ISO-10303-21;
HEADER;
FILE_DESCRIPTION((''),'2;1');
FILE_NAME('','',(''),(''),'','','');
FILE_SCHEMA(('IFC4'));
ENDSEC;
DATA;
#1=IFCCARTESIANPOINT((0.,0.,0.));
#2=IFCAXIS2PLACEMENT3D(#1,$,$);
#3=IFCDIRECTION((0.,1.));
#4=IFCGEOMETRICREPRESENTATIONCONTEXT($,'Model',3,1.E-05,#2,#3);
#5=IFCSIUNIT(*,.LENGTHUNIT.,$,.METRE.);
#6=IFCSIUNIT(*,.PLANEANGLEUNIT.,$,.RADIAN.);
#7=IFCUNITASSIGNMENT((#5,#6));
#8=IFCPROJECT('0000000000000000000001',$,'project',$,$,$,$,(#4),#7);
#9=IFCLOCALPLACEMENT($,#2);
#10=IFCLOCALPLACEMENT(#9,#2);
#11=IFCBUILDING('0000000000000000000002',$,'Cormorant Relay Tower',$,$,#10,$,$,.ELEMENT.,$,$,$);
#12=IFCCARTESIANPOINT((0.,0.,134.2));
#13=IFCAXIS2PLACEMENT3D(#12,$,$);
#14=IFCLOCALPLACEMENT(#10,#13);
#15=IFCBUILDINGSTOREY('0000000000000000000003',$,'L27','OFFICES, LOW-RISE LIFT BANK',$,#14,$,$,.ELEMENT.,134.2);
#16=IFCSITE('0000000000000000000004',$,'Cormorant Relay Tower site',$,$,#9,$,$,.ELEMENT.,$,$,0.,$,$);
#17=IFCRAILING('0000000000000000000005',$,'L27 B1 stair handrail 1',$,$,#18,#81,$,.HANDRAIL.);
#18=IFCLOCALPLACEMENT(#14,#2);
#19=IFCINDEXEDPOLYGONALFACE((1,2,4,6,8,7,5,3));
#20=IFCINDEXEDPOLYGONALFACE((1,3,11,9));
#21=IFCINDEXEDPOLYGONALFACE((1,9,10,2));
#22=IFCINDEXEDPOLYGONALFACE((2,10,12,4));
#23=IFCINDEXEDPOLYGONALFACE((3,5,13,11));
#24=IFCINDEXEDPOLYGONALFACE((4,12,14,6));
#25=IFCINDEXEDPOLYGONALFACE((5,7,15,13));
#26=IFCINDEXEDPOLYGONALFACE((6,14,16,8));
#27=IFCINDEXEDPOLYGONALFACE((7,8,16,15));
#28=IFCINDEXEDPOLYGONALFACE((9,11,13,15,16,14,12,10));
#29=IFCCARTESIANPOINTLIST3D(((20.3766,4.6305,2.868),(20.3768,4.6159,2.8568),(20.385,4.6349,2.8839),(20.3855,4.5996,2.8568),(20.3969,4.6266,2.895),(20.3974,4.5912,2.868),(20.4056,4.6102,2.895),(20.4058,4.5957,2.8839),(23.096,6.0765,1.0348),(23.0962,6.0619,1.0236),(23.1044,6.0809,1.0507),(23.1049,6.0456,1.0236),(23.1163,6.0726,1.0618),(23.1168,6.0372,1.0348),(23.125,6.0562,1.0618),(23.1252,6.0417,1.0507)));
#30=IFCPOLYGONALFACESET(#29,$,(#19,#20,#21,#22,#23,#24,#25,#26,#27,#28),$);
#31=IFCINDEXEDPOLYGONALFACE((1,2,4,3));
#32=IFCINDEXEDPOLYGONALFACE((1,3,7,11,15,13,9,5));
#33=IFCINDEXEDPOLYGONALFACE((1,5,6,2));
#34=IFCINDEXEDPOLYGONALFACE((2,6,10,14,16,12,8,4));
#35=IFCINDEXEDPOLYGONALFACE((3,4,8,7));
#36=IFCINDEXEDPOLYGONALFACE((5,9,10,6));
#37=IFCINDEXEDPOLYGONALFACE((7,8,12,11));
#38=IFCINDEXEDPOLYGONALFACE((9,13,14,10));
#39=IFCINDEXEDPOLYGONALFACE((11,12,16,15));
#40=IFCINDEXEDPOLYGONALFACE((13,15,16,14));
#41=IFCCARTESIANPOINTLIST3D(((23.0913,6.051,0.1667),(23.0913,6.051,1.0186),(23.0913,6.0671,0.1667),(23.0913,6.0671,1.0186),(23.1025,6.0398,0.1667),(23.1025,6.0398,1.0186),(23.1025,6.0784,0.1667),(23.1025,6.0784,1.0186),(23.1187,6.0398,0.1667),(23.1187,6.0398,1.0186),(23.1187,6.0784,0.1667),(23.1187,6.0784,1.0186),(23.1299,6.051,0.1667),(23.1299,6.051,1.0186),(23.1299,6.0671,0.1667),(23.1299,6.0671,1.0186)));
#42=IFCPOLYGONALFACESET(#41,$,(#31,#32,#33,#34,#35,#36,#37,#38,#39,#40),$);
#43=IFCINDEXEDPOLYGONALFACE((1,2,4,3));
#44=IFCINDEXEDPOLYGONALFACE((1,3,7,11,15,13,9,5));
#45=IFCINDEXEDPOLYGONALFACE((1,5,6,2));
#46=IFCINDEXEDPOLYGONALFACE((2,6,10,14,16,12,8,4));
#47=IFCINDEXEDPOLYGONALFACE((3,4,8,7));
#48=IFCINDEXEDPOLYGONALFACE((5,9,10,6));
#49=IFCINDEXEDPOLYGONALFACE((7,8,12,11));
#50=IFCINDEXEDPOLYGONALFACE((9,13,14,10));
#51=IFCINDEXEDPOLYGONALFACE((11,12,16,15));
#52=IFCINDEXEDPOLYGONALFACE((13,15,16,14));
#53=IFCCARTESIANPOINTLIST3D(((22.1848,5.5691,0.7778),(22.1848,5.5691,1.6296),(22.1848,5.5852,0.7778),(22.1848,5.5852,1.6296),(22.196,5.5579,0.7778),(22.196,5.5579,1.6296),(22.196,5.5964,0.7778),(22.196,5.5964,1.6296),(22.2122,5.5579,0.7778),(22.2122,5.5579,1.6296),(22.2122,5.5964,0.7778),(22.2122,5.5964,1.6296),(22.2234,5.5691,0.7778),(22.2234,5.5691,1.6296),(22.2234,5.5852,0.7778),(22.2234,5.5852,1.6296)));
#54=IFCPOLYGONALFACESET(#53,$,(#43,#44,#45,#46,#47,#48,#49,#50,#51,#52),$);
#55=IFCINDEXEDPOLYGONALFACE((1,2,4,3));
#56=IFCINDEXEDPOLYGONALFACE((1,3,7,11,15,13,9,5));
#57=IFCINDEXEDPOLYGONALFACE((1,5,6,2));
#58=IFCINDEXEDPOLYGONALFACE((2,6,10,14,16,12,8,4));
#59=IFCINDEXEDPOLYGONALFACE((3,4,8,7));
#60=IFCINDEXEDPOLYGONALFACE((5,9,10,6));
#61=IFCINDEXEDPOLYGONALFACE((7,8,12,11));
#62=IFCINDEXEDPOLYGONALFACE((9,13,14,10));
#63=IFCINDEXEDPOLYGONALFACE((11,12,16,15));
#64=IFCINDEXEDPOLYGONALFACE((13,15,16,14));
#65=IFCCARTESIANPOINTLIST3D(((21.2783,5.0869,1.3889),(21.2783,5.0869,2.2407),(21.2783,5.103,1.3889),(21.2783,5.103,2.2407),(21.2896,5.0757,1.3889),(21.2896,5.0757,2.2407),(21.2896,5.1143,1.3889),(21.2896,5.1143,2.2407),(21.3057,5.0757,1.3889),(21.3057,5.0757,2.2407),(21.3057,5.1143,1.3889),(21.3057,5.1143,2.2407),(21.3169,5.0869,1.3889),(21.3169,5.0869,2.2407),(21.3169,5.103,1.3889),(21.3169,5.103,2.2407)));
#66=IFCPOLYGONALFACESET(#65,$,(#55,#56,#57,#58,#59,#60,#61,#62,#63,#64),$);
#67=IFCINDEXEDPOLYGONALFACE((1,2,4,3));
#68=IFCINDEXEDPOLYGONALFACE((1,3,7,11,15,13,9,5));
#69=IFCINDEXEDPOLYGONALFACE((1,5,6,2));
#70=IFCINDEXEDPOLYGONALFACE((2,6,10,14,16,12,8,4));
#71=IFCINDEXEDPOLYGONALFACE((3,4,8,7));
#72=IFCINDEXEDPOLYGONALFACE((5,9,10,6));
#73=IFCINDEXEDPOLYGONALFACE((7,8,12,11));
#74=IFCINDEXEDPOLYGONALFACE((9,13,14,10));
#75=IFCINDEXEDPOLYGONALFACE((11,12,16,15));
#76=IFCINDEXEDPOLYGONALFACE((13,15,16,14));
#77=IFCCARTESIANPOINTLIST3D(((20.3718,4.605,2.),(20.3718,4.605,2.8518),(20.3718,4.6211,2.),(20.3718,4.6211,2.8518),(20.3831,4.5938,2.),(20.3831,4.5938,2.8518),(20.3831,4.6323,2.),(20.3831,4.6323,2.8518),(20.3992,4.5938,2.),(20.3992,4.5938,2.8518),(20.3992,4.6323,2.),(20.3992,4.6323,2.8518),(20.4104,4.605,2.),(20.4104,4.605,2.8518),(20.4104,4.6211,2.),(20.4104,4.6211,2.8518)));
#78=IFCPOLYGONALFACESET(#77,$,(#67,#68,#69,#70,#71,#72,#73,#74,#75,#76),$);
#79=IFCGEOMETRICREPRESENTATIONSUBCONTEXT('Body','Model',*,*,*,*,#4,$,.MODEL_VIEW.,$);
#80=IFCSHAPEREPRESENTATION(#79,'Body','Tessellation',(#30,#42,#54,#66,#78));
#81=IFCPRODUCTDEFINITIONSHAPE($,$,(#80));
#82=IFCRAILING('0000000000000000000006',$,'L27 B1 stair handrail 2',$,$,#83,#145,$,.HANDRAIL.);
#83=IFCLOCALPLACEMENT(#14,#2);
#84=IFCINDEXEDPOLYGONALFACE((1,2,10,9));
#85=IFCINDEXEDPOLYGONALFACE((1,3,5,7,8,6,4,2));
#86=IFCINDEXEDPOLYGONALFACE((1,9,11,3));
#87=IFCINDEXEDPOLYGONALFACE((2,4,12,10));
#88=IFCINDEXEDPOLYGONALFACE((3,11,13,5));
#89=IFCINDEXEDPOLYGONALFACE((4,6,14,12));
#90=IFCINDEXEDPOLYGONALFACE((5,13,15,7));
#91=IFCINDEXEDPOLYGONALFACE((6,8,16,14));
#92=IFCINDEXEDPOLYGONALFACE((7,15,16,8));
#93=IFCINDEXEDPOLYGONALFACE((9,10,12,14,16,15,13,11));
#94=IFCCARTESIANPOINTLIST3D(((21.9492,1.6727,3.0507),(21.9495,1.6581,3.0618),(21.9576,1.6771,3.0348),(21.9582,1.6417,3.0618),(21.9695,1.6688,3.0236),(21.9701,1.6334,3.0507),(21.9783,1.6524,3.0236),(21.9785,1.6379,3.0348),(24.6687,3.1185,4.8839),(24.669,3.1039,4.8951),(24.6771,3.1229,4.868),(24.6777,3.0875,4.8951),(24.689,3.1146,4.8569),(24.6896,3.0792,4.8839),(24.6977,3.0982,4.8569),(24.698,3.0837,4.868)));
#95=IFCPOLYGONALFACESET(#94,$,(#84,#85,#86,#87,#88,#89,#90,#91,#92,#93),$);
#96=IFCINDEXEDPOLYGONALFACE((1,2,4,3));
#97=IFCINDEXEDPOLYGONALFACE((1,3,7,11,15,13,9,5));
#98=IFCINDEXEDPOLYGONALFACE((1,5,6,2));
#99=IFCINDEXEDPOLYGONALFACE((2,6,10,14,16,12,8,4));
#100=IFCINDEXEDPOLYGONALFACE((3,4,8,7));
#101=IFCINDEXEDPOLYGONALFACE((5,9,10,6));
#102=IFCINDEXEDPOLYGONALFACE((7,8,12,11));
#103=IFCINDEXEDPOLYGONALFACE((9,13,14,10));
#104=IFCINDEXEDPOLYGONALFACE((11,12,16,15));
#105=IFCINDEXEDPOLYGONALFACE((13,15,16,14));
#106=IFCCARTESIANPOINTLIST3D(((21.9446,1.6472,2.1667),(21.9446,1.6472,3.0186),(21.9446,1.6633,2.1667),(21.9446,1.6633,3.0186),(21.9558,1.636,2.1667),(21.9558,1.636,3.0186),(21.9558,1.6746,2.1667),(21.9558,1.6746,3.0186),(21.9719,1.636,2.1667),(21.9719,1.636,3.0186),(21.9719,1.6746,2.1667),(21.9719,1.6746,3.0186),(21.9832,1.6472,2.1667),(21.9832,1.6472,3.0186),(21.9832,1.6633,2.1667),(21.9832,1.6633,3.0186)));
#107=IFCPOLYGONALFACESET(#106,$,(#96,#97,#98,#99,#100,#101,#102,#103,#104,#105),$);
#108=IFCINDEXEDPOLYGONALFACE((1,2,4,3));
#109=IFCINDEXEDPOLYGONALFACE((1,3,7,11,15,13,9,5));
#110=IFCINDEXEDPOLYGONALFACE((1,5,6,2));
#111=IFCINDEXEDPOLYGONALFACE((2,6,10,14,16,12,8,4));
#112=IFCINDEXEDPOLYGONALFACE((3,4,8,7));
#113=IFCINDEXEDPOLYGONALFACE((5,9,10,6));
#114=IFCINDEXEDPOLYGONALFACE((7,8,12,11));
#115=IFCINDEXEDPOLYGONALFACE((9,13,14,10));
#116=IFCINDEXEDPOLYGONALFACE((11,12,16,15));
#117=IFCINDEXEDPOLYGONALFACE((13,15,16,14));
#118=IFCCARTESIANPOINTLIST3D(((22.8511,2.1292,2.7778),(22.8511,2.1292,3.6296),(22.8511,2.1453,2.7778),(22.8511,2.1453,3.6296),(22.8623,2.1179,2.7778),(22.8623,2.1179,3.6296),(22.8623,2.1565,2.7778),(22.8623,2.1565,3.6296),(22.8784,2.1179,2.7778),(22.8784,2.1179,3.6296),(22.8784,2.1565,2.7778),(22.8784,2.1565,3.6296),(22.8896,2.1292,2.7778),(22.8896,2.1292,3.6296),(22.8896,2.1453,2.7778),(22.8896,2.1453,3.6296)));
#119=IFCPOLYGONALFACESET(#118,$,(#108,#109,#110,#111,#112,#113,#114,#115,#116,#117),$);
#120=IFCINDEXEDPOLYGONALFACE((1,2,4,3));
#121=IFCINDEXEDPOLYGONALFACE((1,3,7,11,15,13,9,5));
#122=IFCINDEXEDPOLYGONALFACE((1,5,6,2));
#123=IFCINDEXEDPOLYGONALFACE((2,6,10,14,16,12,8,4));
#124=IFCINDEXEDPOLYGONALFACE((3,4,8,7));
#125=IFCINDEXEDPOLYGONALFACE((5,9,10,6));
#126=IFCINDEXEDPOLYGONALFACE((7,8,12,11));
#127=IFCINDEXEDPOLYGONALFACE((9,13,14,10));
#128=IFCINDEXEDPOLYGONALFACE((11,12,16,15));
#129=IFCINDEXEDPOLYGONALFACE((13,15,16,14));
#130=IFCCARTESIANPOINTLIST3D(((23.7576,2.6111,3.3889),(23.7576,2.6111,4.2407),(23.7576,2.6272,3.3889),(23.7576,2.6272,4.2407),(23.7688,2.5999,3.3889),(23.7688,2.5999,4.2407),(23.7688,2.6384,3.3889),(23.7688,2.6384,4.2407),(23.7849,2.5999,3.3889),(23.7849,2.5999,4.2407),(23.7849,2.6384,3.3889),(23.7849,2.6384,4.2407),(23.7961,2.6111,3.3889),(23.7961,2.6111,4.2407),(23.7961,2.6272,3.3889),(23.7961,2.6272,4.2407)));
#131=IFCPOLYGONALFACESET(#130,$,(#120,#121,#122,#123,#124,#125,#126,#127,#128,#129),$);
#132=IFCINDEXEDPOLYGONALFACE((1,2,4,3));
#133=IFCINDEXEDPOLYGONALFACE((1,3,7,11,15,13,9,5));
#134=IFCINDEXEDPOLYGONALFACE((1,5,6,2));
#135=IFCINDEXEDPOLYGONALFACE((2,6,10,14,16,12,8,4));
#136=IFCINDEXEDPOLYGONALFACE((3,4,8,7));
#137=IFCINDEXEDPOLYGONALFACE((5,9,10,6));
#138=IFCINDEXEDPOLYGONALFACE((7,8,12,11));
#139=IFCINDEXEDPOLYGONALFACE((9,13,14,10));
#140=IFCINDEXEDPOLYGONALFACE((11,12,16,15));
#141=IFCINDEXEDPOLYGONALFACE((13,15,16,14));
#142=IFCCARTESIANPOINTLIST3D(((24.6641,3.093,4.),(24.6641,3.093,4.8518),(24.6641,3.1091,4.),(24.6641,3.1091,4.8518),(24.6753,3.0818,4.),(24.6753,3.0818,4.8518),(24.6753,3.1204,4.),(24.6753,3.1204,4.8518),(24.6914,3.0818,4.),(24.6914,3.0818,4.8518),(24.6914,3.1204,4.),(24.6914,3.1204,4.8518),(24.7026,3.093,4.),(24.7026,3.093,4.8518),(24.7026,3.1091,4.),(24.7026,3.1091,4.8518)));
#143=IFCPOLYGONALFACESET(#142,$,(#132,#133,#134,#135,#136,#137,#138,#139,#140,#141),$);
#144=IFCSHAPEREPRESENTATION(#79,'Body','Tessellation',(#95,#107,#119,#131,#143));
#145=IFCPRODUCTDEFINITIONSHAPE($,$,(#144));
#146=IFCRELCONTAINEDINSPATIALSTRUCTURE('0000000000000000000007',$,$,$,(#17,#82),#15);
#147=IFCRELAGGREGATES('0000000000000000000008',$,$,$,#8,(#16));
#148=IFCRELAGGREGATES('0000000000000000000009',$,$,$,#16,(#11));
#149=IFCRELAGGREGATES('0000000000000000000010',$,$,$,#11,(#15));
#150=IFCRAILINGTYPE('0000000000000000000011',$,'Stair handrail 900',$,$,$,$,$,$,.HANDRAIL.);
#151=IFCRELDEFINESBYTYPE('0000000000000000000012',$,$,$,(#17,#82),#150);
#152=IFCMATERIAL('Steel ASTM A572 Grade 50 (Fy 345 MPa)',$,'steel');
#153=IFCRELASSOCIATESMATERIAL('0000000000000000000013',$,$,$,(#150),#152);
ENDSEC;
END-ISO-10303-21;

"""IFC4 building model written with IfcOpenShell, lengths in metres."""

from ifc_helpers import new_model, si_unit, direction, frame, origin, place, context, subcontext, project, spatial, polyline, outline, extrude, material, type_object, element, save


model = new_model("IFC4")

# Units and contexts
model_context = context("Model", 3, precision=1e-05, world=origin(), true_north=direction((0.0, 1.0)))
body_context = subcontext(model_context, "Body", "Model", "MODEL_VIEW")
ifc_project = project(units=[si_unit("LENGTHUNIT", "METRE"), si_unit("PLANEANGLEUNIT", "RADIAN")], contexts=[model_context])

# Site, building, storey
site_placement = place(None, origin())
site = spatial("IfcSite", under=ifc_project, at=site_placement, Name="Cormorant Relay Tower site", CompositionType="ELEMENT", RefElevation=0.0)
building_placement = place(site_placement, origin())
building = spatial("IfcBuilding", under=site, at=building_placement, Name="Cormorant Relay Tower", CompositionType="ELEMENT")
storey_placement = place(building_placement, frame((0.0, 0.0, 134.2)))
storey = spatial("IfcBuildingStorey", under=building, at=storey_placement, Name="L27", Description="OFFICES, LOW-RISE LIFT BANK", CompositionType="ELEMENT", Elevation=134.2)

# Railings
ifc_material_1 = material(Name="Steel ASTM A572 Grade 50 (Fy 345 MPa)", Category="steel")
railing_type_1 = type_object("IfcRailingType", Name="Stair handrail 900", PredefinedType="HANDRAIL", material=ifc_material_1)
railing_1_placement = place(storey_placement, frame((23.1106, 6.0591, 0.1667)))
element("IfcRailing", 1, at=railing_1_placement, inside=storey, type_object=railing_type_1, Name="L27 B1 stair handrail 1", PredefinedType="HANDRAIL", context=body_context, shape_type="SweptSolid", body=[
    extrude(outline(polyline([(0.0222, 0.0093), (0.0093, 0.0222), (-0.0093, 0.0222), (-0.0222, 0.0093), (-0.0222, -0.0093), (-0.0093, -0.0222), (0.0093, -0.0222), (0.0222, -0.0093), (0.0222, 0.0093)])), frame((0.0, 0.0, 0.876), z_axis=(-0.758714, -0.403435, 0.511463), x_axis=(0.469489, -0.882938, 0.0)), (0.0, 0.0, 1.0), 3.5842),
    extrude(outline(polyline([(0.0193, 0.0081), (0.0081, 0.0193), (-0.0081, 0.0193), (-0.0193, 0.0081), (-0.0193, -0.0081), (-0.0081, -0.0193), (0.0081, -0.0193), (0.0193, -0.0081), (0.0193, 0.0081)])), origin(), (0.0, 0.0, 1.0), 0.8518),
    extrude(outline(polyline([(0.0193, 0.0081), (0.0081, 0.0193), (-0.0081, 0.0193), (-0.0193, 0.0081), (-0.0193, -0.0081), (-0.0081, -0.0193), (0.0081, -0.0193), (0.0193, -0.0081), (0.0193, 0.0081)])), frame((-0.9065, -0.4819, 0.6111)), (0.0, 0.0, 1.0), 0.8518),
    extrude(outline(polyline([(0.0193, 0.0081), (0.0081, 0.0193), (-0.0081, 0.0193), (-0.0193, 0.0081), (-0.0193, -0.0081), (-0.0081, -0.0193), (0.0081, -0.0193), (0.0193, -0.0081), (0.0193, 0.0081)])), frame((-1.813, -0.9641, 1.2222)), (0.0, 0.0, 1.0), 0.8518),
    extrude(outline(polyline([(0.0193, 0.0081), (0.0081, 0.0193), (-0.0081, 0.0193), (-0.0193, 0.0081), (-0.0193, -0.0081), (-0.0081, -0.0193), (0.0081, -0.0193), (0.0193, -0.0081), (0.0193, 0.0081)])), frame((-2.7195, -1.446, 1.8333)), (0.0, 0.0, 1.0), 0.8518),
])
railing_2_placement = place(storey_placement, frame((21.9639, 1.6553, 2.1667)))
element("IfcRailing", 2, at=railing_2_placement, inside=storey, type_object=railing_type_1, Name="L27 B1 stair handrail 2", PredefinedType="HANDRAIL", context=body_context, shape_type="SweptSolid", body=[
    extrude(outline(polyline([(0.0222, 0.0093), (0.0093, 0.0222), (-0.0093, 0.0222), (-0.0222, 0.0093), (-0.0222, -0.0093), (-0.0093, -0.0222), (0.0093, -0.0222), (0.0222, -0.0093), (0.0222, 0.0093)])), frame((0.0, 0.0, 0.876), z_axis=(0.758735, 0.403378, 0.511477), x_axis=(-0.469428, 0.882971, 0.0)), (0.0, 0.0, 1.0), 3.5842),
    extrude(outline(polyline([(0.0193, 0.0081), (0.0081, 0.0193), (-0.0081, 0.0193), (-0.0193, 0.0081), (-0.0193, -0.0081), (-0.0081, -0.0193), (0.0081, -0.0193), (0.0193, -0.0081), (0.0193, 0.0081)])), origin(), (0.0, 0.0, 1.0), 0.8518),
    extrude(outline(polyline([(0.0193, 0.0081), (0.0081, 0.0193), (-0.0081, 0.0193), (-0.0193, 0.0081), (-0.0193, -0.0081), (-0.0081, -0.0193), (0.0081, -0.0193), (0.0193, -0.0081), (0.0193, 0.0081)])), frame((0.9065, 0.4819, 0.6111)), (0.0, 0.0, 1.0), 0.8518),
    extrude(outline(polyline([(0.0193, 0.0081), (0.0081, 0.0193), (-0.0081, 0.0193), (-0.0193, 0.0081), (-0.0193, -0.0081), (-0.0081, -0.0193), (0.0081, -0.0193), (0.0193, -0.0081), (0.0193, 0.0081)])), frame((1.813, 0.9639, 1.2222)), (0.0, 0.0, 1.0), 0.8518),
    extrude(outline(polyline([(0.0193, 0.0081), (0.0081, 0.0193), (-0.0081, 0.0193), (-0.0193, 0.0081), (-0.0193, -0.0081), (-0.0081, -0.0193), (0.0081, -0.0193), (0.0193, -0.0081), (0.0193, 0.0081)])), frame((2.7195, 1.4458, 1.8333)), (0.0, 0.0, 1.0), 0.8518),
])

save(model, "model.ifc")
